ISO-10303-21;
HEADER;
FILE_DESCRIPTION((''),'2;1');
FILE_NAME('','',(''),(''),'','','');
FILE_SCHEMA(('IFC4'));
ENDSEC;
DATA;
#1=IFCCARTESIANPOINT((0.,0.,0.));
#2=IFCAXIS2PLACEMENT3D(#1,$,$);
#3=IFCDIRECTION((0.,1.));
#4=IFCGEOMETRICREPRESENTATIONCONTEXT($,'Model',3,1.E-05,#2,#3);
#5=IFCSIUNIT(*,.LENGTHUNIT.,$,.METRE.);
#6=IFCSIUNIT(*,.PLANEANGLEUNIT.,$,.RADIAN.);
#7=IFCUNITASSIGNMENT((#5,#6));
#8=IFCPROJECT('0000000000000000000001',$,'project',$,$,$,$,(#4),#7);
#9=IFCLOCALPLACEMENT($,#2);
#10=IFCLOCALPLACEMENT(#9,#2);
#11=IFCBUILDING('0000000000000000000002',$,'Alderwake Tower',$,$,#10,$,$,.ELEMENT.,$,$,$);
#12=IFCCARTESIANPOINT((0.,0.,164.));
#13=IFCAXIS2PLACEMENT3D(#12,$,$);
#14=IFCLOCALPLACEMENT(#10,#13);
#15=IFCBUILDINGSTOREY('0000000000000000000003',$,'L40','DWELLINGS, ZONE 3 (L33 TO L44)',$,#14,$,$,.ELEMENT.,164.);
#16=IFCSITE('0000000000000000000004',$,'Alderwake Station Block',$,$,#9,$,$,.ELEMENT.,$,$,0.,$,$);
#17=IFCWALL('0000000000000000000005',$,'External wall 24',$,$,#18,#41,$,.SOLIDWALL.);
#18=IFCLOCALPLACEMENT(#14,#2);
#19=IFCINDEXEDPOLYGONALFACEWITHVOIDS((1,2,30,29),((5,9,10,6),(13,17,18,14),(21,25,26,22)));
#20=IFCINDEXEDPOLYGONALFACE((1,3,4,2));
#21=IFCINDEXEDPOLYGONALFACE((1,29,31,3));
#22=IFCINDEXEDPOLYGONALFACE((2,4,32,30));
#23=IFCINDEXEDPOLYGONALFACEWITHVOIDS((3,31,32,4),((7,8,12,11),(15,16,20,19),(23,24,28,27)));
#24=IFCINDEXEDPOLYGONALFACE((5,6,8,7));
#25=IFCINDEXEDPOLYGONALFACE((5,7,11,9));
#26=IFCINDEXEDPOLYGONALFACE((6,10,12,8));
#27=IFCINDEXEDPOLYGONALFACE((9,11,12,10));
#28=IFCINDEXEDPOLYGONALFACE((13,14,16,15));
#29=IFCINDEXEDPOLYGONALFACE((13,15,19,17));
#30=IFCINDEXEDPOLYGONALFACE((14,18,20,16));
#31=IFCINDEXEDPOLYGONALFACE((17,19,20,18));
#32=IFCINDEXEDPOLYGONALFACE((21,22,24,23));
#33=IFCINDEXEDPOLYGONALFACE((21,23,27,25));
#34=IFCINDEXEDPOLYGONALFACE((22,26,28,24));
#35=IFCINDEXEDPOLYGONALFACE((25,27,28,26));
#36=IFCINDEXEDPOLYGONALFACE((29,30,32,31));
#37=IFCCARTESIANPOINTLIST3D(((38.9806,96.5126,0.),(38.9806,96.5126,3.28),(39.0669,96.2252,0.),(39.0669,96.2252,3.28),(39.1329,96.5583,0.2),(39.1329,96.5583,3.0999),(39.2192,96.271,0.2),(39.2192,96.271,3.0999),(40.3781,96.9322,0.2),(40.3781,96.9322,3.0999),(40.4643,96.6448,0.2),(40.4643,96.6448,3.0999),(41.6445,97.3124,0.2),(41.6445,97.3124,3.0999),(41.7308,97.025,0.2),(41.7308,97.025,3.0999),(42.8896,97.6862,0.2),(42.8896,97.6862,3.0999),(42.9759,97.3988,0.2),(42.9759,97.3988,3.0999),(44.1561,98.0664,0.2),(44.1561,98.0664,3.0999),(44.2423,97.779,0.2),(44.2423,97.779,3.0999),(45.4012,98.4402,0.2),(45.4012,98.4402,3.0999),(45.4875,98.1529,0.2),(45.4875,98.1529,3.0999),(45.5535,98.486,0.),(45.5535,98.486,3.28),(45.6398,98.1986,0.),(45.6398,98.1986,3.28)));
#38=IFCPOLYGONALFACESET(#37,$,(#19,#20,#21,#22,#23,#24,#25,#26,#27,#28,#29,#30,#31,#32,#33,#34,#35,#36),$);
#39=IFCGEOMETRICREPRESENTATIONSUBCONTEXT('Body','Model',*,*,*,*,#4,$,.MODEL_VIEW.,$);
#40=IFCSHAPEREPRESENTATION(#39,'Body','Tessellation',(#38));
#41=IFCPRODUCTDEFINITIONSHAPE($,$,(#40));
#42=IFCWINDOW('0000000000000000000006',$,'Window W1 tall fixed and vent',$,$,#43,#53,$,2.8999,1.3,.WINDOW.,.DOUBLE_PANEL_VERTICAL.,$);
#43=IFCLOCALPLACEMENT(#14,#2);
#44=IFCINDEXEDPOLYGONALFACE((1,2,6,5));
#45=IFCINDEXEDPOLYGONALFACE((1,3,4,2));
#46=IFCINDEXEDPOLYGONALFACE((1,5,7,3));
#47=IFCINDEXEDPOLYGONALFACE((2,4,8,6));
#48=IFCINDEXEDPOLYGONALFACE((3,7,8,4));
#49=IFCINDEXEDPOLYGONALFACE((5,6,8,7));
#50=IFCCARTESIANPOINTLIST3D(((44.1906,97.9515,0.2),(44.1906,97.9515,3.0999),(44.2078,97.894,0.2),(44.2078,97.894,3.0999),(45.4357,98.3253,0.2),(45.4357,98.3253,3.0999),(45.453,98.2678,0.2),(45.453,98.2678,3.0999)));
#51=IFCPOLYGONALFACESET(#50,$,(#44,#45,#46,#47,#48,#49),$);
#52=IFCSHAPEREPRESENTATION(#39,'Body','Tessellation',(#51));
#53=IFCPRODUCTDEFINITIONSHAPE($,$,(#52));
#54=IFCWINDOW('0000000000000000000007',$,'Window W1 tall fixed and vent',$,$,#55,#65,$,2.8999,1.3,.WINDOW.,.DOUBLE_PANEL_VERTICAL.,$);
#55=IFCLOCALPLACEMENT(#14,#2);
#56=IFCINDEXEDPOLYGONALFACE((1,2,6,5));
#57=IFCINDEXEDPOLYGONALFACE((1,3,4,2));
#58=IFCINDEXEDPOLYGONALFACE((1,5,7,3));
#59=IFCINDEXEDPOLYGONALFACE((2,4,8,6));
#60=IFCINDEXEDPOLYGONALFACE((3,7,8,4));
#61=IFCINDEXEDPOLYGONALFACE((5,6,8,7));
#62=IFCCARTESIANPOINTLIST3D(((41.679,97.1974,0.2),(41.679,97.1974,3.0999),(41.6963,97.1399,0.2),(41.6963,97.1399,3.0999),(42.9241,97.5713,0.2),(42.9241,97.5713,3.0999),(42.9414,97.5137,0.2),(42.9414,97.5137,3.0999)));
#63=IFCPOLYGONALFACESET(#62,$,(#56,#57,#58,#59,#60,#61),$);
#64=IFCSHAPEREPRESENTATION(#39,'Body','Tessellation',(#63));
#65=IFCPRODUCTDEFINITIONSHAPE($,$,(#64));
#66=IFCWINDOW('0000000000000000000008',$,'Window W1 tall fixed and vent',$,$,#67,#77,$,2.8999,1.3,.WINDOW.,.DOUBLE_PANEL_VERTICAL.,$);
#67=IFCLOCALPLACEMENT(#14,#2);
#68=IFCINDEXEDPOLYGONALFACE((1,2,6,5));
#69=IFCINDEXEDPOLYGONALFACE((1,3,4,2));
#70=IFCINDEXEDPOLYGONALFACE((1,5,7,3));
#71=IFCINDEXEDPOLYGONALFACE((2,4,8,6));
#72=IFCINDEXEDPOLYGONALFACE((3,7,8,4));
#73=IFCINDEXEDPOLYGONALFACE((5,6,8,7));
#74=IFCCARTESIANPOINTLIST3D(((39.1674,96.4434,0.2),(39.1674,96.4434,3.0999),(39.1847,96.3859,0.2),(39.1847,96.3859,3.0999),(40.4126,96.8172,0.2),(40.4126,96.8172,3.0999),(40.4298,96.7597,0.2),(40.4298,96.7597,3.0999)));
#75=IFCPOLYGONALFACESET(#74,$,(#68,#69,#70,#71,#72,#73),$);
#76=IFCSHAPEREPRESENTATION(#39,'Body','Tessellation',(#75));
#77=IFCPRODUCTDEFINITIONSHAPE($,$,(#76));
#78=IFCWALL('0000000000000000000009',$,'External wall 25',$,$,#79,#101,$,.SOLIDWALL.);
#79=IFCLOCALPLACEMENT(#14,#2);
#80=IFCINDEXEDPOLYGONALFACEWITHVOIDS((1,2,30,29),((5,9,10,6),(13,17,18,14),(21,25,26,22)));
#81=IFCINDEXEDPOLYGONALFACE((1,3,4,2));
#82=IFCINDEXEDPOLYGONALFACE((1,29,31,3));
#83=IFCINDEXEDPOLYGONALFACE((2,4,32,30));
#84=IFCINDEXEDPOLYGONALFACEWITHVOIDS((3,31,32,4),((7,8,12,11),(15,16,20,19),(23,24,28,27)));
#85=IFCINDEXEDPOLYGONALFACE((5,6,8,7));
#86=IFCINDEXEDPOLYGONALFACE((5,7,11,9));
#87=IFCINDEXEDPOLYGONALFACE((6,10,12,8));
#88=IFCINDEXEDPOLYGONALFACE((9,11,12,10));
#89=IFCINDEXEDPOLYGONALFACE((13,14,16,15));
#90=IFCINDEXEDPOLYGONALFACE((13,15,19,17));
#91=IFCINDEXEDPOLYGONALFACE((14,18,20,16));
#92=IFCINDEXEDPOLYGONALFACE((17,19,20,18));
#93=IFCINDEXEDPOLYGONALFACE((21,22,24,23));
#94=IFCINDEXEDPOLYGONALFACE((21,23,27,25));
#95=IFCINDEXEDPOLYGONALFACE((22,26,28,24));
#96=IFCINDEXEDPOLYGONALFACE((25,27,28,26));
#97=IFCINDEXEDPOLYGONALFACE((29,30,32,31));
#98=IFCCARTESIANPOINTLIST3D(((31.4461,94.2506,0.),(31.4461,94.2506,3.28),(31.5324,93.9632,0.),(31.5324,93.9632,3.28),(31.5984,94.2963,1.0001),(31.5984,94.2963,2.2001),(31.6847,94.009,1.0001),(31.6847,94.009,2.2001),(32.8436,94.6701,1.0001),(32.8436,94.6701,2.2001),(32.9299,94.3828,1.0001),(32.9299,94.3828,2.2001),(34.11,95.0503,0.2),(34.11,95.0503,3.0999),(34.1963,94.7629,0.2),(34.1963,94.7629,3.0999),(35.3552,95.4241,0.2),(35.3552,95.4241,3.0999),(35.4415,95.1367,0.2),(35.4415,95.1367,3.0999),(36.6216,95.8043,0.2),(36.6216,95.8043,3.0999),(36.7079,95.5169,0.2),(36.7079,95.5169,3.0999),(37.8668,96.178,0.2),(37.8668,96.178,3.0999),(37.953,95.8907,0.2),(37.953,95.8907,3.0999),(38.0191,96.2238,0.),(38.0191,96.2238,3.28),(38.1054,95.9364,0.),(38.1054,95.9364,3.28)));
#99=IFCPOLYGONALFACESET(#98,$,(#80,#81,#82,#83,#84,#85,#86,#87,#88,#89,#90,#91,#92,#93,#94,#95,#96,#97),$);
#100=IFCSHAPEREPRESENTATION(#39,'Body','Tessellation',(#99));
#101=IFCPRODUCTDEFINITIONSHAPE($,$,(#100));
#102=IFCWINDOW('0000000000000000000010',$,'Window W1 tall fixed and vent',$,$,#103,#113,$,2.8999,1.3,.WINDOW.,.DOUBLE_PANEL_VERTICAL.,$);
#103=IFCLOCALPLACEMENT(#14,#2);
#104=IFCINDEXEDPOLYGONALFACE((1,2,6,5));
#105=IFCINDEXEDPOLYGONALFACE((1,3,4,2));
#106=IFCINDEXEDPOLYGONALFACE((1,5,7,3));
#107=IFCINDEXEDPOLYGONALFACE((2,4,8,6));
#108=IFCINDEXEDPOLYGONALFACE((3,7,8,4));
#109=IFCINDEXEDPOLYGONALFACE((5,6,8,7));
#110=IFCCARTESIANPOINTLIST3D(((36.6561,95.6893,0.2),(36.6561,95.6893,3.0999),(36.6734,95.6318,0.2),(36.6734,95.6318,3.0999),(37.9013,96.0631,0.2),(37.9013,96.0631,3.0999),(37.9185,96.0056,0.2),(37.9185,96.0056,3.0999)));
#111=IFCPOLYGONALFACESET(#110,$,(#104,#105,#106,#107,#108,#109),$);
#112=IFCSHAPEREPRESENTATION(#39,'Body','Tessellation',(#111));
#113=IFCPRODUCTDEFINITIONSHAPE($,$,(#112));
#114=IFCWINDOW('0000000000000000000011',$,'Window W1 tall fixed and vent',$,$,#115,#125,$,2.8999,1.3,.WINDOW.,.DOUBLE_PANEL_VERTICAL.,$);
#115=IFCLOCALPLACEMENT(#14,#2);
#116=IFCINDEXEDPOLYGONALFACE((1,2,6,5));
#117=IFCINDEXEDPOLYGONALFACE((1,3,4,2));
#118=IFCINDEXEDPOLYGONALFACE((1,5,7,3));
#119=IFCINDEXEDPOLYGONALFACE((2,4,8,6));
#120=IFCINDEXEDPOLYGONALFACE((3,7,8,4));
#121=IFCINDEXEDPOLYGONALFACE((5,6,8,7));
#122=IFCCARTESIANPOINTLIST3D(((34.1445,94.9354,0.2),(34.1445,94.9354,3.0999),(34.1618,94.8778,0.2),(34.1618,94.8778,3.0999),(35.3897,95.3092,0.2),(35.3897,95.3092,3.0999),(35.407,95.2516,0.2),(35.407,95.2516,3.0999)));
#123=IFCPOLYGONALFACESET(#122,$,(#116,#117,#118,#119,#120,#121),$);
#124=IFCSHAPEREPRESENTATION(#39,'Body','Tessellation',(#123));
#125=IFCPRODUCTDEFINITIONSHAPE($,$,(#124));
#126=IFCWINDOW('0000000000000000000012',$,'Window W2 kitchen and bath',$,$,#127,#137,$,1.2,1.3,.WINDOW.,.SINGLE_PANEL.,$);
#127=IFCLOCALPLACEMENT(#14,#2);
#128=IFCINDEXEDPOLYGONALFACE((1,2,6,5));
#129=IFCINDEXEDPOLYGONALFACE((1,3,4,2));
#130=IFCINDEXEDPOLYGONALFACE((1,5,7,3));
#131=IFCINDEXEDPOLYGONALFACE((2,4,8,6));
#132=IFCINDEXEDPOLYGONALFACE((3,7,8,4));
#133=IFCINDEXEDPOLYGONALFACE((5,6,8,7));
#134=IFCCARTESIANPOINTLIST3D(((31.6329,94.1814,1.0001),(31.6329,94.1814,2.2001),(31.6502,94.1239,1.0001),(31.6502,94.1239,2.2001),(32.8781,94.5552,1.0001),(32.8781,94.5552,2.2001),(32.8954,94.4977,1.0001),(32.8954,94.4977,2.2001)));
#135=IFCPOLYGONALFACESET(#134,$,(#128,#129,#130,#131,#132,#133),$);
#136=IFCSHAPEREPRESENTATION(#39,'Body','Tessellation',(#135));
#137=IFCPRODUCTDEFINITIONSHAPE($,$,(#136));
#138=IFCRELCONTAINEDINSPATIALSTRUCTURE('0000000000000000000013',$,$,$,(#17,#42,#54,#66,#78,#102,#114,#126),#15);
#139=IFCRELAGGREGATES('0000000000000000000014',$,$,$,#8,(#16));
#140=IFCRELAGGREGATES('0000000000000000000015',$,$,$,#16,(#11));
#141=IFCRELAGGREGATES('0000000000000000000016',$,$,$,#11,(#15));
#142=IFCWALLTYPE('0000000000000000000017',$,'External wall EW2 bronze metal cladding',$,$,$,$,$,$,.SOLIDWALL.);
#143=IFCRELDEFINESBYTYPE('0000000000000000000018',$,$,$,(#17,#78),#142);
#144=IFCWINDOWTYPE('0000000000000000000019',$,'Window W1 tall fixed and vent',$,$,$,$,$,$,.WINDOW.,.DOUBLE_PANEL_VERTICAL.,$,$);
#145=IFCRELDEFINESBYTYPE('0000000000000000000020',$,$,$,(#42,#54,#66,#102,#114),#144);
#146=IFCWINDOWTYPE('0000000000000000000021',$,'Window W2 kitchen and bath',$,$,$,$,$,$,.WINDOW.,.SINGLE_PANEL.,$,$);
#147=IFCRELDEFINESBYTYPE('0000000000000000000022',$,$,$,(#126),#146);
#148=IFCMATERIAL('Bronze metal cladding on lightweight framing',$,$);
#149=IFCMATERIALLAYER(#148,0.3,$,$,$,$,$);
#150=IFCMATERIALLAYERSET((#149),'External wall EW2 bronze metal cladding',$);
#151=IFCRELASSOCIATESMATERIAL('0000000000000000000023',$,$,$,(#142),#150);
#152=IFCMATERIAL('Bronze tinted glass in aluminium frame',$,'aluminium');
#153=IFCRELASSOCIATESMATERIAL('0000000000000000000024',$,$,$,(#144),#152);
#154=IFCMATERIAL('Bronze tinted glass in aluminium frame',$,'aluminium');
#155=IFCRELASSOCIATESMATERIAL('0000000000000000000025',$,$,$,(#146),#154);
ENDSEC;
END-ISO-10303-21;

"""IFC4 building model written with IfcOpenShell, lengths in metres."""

from ifc_helpers import new_model, si_unit, direction, frame, frame_2d, origin, place, context, subcontext, project, spatial, rectangle, extrude, material, layer, layer_set, type_object, element, fill, save


model = new_model("IFC4")

# Units and contexts
model_context = context("Model", 3, precision=1e-05, world=origin(), true_north=direction((0.0, 1.0)))
body_context = subcontext(model_context, "Body", "Model", "MODEL_VIEW")
ifc_project = project(units=[si_unit("LENGTHUNIT", "METRE"), si_unit("PLANEANGLEUNIT", "RADIAN")], contexts=[model_context])

# Site, building, storey
site_placement = place(None, origin())
site = spatial("IfcSite", under=ifc_project, at=site_placement, Name="Alderwake Station Block", CompositionType="ELEMENT", RefElevation=0.0)
building_placement = place(site_placement, origin())
building = spatial("IfcBuilding", under=site, at=building_placement, Name="Alderwake Tower", CompositionType="ELEMENT")
storey_placement = place(building_placement, frame((0.0, 0.0, 164.0)))
storey = spatial("IfcBuildingStorey", under=building, at=storey_placement, Name="L40", Description="DWELLINGS, ZONE 3 (L33 TO L44)", CompositionType="ELEMENT", Elevation=164.0)

# Walls, openings, windows
ifc_material_1 = material(Name="Bronze metal cladding on lightweight framing")
ifc_layer_1 = layer(ifc_material_1, 0.3)
ifc_layer_set_1 = layer_set([ifc_layer_1], Name="External wall EW2 bronze metal cladding")
wall_type_1 = type_object("IfcWallType", Name="External wall EW2 bronze metal cladding", PredefinedType="SOLIDWALL", material=ifc_layer_set_1)
wall_1_placement = place(storey_placement, frame((45.5967, 98.3423, 0.0), z_axis=(0.0, 0.0, 1.0), x_axis=(-0.957767, -0.287547, 0.0)))
wall_1 = element("IfcWall", 1, at=wall_1_placement, inside=storey, type_object=wall_type_1, Name="External wall 24", PredefinedType="SOLIDWALL", context=body_context, shape_type="SweptSolid", body=[
    extrude(rectangle(XDim=6.8628, YDim=0.3, at=frame_2d((3.4314, 0.0))), origin(), (0.0, 0.0, 1.0), 3.28),
])
opening_1_placement = place(wall_1_placement, frame((0.1592, 0.0, 0.2)))
opening_1 = element("IfcOpeningElement", 2, at=opening_1_placement, cuts=wall_1, PredefinedType="OPENING", context=body_context, shape_type="SweptSolid", body=[
    extrude(rectangle(XDim=1.3, YDim=2.8999, at=frame_2d((0.6499, 1.45))), frame((0.0, 0.1599, 0.0), z_axis=(0.0, -1.0, 0.0), x_axis=(1.0, 0.0, 0.0)), (0.0, 0.0, 1.0), 0.3201),
])
opening_2_placement = place(wall_1_placement, frame((2.7815, 0.0, 0.2)))
opening_2 = element("IfcOpeningElement", 3, at=opening_2_placement, cuts=wall_1, PredefinedType="OPENING", context=body_context, shape_type="SweptSolid", body=[
    extrude(rectangle(XDim=1.3, YDim=2.8999, at=frame_2d((0.6499, 1.45))), frame((0.0, 0.1599, 0.0), z_axis=(0.0, -1.0, 0.0), x_axis=(1.0, 0.0, 0.0)), (0.0, 0.0, 1.0), 0.3201),
])
opening_3_placement = place(wall_1_placement, frame((5.4038, 0.0, 0.2)))
opening_3 = element("IfcOpeningElement", 4, at=opening_3_placement, cuts=wall_1, PredefinedType="OPENING", context=body_context, shape_type="SweptSolid", body=[
    extrude(rectangle(XDim=1.3, YDim=2.8999, at=frame_2d((0.6499, 1.45))), frame((0.0, 0.1599, 0.0), z_axis=(0.0, -1.0, 0.0), x_axis=(1.0, 0.0, 0.0)), (0.0, 0.0, 1.0), 0.3201),
])
ifc_material_2 = material(Name="Bronze tinted glass in aluminium frame", Category="aluminium")
window_type_1 = type_object("IfcWindowType", Name="Window W1 tall fixed and vent", PartitioningType="DOUBLE_PANEL_VERTICAL", PredefinedType="WINDOW", material=ifc_material_2)
window_1_placement = place(opening_1_placement, origin())
window_1 = element("IfcWindow", 5, at=window_1_placement, inside=storey, type_object=window_type_1, Name="Window W1 tall fixed and vent", OverallHeight=2.8999, OverallWidth=1.3, PartitioningType="DOUBLE_PANEL_VERTICAL", PredefinedType="WINDOW", context=body_context, shape_type="SweptSolid", body=[
    extrude(rectangle(XDim=1.3, YDim=2.8999, at=frame_2d((0.6499, 1.45))), frame((0.0, 0.03, 0.0), z_axis=(0.0, -1.0, 0.0), x_axis=(1.0, 0.0, 0.0)), (0.0, 0.0, 1.0), 0.0601),
])
fill(opening_1, window_1)
window_2_placement = place(opening_2_placement, origin())
window_2 = element("IfcWindow", 6, at=window_2_placement, inside=storey, type_object=window_type_1, Name="Window W1 tall fixed and vent", OverallHeight=2.8999, OverallWidth=1.3, PartitioningType="DOUBLE_PANEL_VERTICAL", PredefinedType="WINDOW", context=body_context, shape_type="SweptSolid", body=[
    extrude(rectangle(XDim=1.3, YDim=2.8999, at=frame_2d((0.6499, 1.45))), frame((0.0, 0.03, 0.0), z_axis=(0.0, -1.0, 0.0), x_axis=(1.0, 0.0, 0.0)), (0.0, 0.0, 1.0), 0.0601),
])
fill(opening_2, window_2)
window_3_placement = place(opening_3_placement, origin())
window_3 = element("IfcWindow", 7, at=window_3_placement, inside=storey, type_object=window_type_1, Name="Window W1 tall fixed and vent", OverallHeight=2.8999, OverallWidth=1.3, PartitioningType="DOUBLE_PANEL_VERTICAL", PredefinedType="WINDOW", context=body_context, shape_type="SweptSolid", body=[
    extrude(rectangle(XDim=1.3, YDim=2.8999, at=frame_2d((0.6499, 1.45))), frame((0.0, 0.03, 0.0), z_axis=(0.0, -1.0, 0.0), x_axis=(1.0, 0.0, 0.0)), (0.0, 0.0, 1.0), 0.0601),
])
fill(opening_3, window_3)
wall_2_placement = place(storey_placement, frame((38.0623, 96.0801, 0.0), z_axis=(0.0, 0.0, 1.0), x_axis=(-0.957776, -0.287514, 0.0)))
wall_2 = element("IfcWall", 8, at=wall_2_placement, inside=storey, type_object=wall_type_1, Name="External wall 25", PredefinedType="SOLIDWALL", context=body_context, shape_type="SweptSolid", body=[
    extrude(rectangle(XDim=6.8628, YDim=0.3, at=frame_2d((3.4314, 0.0))), origin(), (0.0, 0.0, 1.0), 3.28),
])
opening_4_placement = place(wall_2_placement, frame((0.1592, 0.0, 0.2)))
opening_4 = element("IfcOpeningElement", 9, at=opening_4_placement, cuts=wall_2, PredefinedType="OPENING", context=body_context, shape_type="SweptSolid", body=[
    extrude(rectangle(XDim=1.3, YDim=2.8999, at=frame_2d((0.6499, 1.45))), frame((0.0, 0.1599, 0.0), z_axis=(0.0, -1.0, 0.0), x_axis=(1.0, 0.0, 0.0)), (0.0, 0.0, 1.0), 0.3201),
])
opening_5_placement = place(wall_2_placement, frame((2.7815, 0.0, 0.2)))
opening_5 = element("IfcOpeningElement", 10, at=opening_5_placement, cuts=wall_2, PredefinedType="OPENING", context=body_context, shape_type="SweptSolid", body=[
    extrude(rectangle(XDim=1.3, YDim=2.8999, at=frame_2d((0.6499, 1.45))), frame((0.0, 0.1599, 0.0), z_axis=(0.0, -1.0, 0.0), x_axis=(1.0, 0.0, 0.0)), (0.0, 0.0, 1.0), 0.3201),
])
opening_6_placement = place(wall_2_placement, frame((5.4038, 0.0, 1.0)))
opening_6 = element("IfcOpeningElement", 11, at=opening_6_placement, cuts=wall_2, PredefinedType="OPENING", context=body_context, shape_type="SweptSolid", body=[
    extrude(rectangle(XDim=1.3, YDim=1.2, at=frame_2d((0.6499, 0.6001))), frame((0.0, 0.1599, 0.0), z_axis=(0.0, -1.0, 0.0), x_axis=(1.0, 0.0, 0.0)), (0.0, 0.0, 1.0), 0.3201),
])
window_4_placement = place(opening_4_placement, origin())
window_4 = element("IfcWindow", 12, at=window_4_placement, inside=storey, type_object=window_type_1, Name="Window W1 tall fixed and vent", OverallHeight=2.8999, OverallWidth=1.3, PartitioningType="DOUBLE_PANEL_VERTICAL", PredefinedType="WINDOW", context=body_context, shape_type="SweptSolid", body=[
    extrude(rectangle(XDim=1.3, YDim=2.8999, at=frame_2d((0.6499, 1.45))), frame((0.0, 0.03, 0.0), z_axis=(0.0, -1.0, 0.0), x_axis=(1.0, 0.0, 0.0)), (0.0, 0.0, 1.0), 0.0601),
])
fill(opening_4, window_4)
window_5_placement = place(opening_5_placement, origin())
window_5 = element("IfcWindow", 13, at=window_5_placement, inside=storey, type_object=window_type_1, Name="Window W1 tall fixed and vent", OverallHeight=2.8999, OverallWidth=1.3, PartitioningType="DOUBLE_PANEL_VERTICAL", PredefinedType="WINDOW", context=body_context, shape_type="SweptSolid", body=[
    extrude(rectangle(XDim=1.3, YDim=2.8999, at=frame_2d((0.6499, 1.45))), frame((0.0, 0.03, 0.0), z_axis=(0.0, -1.0, 0.0), x_axis=(1.0, 0.0, 0.0)), (0.0, 0.0, 1.0), 0.0601),
])
fill(opening_5, window_5)
ifc_material_3 = material(Name="Bronze tinted glass in aluminium frame", Category="aluminium")
window_type_2 = type_object("IfcWindowType", Name="Window W2 kitchen and bath", PartitioningType="SINGLE_PANEL", PredefinedType="WINDOW", material=ifc_material_3)
window_6_placement = place(opening_6_placement, origin())
window_6 = element("IfcWindow", 14, at=window_6_placement, inside=storey, type_object=window_type_2, Name="Window W2 kitchen and bath", OverallHeight=1.2, OverallWidth=1.3, PartitioningType="SINGLE_PANEL", PredefinedType="WINDOW", context=body_context, shape_type="SweptSolid", body=[
    extrude(rectangle(XDim=1.3, YDim=1.2, at=frame_2d((0.6499, 0.6001))), frame((0.0, 0.03, 0.0), z_axis=(0.0, -1.0, 0.0), x_axis=(1.0, 0.0, 0.0)), (0.0, 0.0, 1.0), 0.0601),
])
fill(opening_6, window_6)

save(model, "model.ifc")
